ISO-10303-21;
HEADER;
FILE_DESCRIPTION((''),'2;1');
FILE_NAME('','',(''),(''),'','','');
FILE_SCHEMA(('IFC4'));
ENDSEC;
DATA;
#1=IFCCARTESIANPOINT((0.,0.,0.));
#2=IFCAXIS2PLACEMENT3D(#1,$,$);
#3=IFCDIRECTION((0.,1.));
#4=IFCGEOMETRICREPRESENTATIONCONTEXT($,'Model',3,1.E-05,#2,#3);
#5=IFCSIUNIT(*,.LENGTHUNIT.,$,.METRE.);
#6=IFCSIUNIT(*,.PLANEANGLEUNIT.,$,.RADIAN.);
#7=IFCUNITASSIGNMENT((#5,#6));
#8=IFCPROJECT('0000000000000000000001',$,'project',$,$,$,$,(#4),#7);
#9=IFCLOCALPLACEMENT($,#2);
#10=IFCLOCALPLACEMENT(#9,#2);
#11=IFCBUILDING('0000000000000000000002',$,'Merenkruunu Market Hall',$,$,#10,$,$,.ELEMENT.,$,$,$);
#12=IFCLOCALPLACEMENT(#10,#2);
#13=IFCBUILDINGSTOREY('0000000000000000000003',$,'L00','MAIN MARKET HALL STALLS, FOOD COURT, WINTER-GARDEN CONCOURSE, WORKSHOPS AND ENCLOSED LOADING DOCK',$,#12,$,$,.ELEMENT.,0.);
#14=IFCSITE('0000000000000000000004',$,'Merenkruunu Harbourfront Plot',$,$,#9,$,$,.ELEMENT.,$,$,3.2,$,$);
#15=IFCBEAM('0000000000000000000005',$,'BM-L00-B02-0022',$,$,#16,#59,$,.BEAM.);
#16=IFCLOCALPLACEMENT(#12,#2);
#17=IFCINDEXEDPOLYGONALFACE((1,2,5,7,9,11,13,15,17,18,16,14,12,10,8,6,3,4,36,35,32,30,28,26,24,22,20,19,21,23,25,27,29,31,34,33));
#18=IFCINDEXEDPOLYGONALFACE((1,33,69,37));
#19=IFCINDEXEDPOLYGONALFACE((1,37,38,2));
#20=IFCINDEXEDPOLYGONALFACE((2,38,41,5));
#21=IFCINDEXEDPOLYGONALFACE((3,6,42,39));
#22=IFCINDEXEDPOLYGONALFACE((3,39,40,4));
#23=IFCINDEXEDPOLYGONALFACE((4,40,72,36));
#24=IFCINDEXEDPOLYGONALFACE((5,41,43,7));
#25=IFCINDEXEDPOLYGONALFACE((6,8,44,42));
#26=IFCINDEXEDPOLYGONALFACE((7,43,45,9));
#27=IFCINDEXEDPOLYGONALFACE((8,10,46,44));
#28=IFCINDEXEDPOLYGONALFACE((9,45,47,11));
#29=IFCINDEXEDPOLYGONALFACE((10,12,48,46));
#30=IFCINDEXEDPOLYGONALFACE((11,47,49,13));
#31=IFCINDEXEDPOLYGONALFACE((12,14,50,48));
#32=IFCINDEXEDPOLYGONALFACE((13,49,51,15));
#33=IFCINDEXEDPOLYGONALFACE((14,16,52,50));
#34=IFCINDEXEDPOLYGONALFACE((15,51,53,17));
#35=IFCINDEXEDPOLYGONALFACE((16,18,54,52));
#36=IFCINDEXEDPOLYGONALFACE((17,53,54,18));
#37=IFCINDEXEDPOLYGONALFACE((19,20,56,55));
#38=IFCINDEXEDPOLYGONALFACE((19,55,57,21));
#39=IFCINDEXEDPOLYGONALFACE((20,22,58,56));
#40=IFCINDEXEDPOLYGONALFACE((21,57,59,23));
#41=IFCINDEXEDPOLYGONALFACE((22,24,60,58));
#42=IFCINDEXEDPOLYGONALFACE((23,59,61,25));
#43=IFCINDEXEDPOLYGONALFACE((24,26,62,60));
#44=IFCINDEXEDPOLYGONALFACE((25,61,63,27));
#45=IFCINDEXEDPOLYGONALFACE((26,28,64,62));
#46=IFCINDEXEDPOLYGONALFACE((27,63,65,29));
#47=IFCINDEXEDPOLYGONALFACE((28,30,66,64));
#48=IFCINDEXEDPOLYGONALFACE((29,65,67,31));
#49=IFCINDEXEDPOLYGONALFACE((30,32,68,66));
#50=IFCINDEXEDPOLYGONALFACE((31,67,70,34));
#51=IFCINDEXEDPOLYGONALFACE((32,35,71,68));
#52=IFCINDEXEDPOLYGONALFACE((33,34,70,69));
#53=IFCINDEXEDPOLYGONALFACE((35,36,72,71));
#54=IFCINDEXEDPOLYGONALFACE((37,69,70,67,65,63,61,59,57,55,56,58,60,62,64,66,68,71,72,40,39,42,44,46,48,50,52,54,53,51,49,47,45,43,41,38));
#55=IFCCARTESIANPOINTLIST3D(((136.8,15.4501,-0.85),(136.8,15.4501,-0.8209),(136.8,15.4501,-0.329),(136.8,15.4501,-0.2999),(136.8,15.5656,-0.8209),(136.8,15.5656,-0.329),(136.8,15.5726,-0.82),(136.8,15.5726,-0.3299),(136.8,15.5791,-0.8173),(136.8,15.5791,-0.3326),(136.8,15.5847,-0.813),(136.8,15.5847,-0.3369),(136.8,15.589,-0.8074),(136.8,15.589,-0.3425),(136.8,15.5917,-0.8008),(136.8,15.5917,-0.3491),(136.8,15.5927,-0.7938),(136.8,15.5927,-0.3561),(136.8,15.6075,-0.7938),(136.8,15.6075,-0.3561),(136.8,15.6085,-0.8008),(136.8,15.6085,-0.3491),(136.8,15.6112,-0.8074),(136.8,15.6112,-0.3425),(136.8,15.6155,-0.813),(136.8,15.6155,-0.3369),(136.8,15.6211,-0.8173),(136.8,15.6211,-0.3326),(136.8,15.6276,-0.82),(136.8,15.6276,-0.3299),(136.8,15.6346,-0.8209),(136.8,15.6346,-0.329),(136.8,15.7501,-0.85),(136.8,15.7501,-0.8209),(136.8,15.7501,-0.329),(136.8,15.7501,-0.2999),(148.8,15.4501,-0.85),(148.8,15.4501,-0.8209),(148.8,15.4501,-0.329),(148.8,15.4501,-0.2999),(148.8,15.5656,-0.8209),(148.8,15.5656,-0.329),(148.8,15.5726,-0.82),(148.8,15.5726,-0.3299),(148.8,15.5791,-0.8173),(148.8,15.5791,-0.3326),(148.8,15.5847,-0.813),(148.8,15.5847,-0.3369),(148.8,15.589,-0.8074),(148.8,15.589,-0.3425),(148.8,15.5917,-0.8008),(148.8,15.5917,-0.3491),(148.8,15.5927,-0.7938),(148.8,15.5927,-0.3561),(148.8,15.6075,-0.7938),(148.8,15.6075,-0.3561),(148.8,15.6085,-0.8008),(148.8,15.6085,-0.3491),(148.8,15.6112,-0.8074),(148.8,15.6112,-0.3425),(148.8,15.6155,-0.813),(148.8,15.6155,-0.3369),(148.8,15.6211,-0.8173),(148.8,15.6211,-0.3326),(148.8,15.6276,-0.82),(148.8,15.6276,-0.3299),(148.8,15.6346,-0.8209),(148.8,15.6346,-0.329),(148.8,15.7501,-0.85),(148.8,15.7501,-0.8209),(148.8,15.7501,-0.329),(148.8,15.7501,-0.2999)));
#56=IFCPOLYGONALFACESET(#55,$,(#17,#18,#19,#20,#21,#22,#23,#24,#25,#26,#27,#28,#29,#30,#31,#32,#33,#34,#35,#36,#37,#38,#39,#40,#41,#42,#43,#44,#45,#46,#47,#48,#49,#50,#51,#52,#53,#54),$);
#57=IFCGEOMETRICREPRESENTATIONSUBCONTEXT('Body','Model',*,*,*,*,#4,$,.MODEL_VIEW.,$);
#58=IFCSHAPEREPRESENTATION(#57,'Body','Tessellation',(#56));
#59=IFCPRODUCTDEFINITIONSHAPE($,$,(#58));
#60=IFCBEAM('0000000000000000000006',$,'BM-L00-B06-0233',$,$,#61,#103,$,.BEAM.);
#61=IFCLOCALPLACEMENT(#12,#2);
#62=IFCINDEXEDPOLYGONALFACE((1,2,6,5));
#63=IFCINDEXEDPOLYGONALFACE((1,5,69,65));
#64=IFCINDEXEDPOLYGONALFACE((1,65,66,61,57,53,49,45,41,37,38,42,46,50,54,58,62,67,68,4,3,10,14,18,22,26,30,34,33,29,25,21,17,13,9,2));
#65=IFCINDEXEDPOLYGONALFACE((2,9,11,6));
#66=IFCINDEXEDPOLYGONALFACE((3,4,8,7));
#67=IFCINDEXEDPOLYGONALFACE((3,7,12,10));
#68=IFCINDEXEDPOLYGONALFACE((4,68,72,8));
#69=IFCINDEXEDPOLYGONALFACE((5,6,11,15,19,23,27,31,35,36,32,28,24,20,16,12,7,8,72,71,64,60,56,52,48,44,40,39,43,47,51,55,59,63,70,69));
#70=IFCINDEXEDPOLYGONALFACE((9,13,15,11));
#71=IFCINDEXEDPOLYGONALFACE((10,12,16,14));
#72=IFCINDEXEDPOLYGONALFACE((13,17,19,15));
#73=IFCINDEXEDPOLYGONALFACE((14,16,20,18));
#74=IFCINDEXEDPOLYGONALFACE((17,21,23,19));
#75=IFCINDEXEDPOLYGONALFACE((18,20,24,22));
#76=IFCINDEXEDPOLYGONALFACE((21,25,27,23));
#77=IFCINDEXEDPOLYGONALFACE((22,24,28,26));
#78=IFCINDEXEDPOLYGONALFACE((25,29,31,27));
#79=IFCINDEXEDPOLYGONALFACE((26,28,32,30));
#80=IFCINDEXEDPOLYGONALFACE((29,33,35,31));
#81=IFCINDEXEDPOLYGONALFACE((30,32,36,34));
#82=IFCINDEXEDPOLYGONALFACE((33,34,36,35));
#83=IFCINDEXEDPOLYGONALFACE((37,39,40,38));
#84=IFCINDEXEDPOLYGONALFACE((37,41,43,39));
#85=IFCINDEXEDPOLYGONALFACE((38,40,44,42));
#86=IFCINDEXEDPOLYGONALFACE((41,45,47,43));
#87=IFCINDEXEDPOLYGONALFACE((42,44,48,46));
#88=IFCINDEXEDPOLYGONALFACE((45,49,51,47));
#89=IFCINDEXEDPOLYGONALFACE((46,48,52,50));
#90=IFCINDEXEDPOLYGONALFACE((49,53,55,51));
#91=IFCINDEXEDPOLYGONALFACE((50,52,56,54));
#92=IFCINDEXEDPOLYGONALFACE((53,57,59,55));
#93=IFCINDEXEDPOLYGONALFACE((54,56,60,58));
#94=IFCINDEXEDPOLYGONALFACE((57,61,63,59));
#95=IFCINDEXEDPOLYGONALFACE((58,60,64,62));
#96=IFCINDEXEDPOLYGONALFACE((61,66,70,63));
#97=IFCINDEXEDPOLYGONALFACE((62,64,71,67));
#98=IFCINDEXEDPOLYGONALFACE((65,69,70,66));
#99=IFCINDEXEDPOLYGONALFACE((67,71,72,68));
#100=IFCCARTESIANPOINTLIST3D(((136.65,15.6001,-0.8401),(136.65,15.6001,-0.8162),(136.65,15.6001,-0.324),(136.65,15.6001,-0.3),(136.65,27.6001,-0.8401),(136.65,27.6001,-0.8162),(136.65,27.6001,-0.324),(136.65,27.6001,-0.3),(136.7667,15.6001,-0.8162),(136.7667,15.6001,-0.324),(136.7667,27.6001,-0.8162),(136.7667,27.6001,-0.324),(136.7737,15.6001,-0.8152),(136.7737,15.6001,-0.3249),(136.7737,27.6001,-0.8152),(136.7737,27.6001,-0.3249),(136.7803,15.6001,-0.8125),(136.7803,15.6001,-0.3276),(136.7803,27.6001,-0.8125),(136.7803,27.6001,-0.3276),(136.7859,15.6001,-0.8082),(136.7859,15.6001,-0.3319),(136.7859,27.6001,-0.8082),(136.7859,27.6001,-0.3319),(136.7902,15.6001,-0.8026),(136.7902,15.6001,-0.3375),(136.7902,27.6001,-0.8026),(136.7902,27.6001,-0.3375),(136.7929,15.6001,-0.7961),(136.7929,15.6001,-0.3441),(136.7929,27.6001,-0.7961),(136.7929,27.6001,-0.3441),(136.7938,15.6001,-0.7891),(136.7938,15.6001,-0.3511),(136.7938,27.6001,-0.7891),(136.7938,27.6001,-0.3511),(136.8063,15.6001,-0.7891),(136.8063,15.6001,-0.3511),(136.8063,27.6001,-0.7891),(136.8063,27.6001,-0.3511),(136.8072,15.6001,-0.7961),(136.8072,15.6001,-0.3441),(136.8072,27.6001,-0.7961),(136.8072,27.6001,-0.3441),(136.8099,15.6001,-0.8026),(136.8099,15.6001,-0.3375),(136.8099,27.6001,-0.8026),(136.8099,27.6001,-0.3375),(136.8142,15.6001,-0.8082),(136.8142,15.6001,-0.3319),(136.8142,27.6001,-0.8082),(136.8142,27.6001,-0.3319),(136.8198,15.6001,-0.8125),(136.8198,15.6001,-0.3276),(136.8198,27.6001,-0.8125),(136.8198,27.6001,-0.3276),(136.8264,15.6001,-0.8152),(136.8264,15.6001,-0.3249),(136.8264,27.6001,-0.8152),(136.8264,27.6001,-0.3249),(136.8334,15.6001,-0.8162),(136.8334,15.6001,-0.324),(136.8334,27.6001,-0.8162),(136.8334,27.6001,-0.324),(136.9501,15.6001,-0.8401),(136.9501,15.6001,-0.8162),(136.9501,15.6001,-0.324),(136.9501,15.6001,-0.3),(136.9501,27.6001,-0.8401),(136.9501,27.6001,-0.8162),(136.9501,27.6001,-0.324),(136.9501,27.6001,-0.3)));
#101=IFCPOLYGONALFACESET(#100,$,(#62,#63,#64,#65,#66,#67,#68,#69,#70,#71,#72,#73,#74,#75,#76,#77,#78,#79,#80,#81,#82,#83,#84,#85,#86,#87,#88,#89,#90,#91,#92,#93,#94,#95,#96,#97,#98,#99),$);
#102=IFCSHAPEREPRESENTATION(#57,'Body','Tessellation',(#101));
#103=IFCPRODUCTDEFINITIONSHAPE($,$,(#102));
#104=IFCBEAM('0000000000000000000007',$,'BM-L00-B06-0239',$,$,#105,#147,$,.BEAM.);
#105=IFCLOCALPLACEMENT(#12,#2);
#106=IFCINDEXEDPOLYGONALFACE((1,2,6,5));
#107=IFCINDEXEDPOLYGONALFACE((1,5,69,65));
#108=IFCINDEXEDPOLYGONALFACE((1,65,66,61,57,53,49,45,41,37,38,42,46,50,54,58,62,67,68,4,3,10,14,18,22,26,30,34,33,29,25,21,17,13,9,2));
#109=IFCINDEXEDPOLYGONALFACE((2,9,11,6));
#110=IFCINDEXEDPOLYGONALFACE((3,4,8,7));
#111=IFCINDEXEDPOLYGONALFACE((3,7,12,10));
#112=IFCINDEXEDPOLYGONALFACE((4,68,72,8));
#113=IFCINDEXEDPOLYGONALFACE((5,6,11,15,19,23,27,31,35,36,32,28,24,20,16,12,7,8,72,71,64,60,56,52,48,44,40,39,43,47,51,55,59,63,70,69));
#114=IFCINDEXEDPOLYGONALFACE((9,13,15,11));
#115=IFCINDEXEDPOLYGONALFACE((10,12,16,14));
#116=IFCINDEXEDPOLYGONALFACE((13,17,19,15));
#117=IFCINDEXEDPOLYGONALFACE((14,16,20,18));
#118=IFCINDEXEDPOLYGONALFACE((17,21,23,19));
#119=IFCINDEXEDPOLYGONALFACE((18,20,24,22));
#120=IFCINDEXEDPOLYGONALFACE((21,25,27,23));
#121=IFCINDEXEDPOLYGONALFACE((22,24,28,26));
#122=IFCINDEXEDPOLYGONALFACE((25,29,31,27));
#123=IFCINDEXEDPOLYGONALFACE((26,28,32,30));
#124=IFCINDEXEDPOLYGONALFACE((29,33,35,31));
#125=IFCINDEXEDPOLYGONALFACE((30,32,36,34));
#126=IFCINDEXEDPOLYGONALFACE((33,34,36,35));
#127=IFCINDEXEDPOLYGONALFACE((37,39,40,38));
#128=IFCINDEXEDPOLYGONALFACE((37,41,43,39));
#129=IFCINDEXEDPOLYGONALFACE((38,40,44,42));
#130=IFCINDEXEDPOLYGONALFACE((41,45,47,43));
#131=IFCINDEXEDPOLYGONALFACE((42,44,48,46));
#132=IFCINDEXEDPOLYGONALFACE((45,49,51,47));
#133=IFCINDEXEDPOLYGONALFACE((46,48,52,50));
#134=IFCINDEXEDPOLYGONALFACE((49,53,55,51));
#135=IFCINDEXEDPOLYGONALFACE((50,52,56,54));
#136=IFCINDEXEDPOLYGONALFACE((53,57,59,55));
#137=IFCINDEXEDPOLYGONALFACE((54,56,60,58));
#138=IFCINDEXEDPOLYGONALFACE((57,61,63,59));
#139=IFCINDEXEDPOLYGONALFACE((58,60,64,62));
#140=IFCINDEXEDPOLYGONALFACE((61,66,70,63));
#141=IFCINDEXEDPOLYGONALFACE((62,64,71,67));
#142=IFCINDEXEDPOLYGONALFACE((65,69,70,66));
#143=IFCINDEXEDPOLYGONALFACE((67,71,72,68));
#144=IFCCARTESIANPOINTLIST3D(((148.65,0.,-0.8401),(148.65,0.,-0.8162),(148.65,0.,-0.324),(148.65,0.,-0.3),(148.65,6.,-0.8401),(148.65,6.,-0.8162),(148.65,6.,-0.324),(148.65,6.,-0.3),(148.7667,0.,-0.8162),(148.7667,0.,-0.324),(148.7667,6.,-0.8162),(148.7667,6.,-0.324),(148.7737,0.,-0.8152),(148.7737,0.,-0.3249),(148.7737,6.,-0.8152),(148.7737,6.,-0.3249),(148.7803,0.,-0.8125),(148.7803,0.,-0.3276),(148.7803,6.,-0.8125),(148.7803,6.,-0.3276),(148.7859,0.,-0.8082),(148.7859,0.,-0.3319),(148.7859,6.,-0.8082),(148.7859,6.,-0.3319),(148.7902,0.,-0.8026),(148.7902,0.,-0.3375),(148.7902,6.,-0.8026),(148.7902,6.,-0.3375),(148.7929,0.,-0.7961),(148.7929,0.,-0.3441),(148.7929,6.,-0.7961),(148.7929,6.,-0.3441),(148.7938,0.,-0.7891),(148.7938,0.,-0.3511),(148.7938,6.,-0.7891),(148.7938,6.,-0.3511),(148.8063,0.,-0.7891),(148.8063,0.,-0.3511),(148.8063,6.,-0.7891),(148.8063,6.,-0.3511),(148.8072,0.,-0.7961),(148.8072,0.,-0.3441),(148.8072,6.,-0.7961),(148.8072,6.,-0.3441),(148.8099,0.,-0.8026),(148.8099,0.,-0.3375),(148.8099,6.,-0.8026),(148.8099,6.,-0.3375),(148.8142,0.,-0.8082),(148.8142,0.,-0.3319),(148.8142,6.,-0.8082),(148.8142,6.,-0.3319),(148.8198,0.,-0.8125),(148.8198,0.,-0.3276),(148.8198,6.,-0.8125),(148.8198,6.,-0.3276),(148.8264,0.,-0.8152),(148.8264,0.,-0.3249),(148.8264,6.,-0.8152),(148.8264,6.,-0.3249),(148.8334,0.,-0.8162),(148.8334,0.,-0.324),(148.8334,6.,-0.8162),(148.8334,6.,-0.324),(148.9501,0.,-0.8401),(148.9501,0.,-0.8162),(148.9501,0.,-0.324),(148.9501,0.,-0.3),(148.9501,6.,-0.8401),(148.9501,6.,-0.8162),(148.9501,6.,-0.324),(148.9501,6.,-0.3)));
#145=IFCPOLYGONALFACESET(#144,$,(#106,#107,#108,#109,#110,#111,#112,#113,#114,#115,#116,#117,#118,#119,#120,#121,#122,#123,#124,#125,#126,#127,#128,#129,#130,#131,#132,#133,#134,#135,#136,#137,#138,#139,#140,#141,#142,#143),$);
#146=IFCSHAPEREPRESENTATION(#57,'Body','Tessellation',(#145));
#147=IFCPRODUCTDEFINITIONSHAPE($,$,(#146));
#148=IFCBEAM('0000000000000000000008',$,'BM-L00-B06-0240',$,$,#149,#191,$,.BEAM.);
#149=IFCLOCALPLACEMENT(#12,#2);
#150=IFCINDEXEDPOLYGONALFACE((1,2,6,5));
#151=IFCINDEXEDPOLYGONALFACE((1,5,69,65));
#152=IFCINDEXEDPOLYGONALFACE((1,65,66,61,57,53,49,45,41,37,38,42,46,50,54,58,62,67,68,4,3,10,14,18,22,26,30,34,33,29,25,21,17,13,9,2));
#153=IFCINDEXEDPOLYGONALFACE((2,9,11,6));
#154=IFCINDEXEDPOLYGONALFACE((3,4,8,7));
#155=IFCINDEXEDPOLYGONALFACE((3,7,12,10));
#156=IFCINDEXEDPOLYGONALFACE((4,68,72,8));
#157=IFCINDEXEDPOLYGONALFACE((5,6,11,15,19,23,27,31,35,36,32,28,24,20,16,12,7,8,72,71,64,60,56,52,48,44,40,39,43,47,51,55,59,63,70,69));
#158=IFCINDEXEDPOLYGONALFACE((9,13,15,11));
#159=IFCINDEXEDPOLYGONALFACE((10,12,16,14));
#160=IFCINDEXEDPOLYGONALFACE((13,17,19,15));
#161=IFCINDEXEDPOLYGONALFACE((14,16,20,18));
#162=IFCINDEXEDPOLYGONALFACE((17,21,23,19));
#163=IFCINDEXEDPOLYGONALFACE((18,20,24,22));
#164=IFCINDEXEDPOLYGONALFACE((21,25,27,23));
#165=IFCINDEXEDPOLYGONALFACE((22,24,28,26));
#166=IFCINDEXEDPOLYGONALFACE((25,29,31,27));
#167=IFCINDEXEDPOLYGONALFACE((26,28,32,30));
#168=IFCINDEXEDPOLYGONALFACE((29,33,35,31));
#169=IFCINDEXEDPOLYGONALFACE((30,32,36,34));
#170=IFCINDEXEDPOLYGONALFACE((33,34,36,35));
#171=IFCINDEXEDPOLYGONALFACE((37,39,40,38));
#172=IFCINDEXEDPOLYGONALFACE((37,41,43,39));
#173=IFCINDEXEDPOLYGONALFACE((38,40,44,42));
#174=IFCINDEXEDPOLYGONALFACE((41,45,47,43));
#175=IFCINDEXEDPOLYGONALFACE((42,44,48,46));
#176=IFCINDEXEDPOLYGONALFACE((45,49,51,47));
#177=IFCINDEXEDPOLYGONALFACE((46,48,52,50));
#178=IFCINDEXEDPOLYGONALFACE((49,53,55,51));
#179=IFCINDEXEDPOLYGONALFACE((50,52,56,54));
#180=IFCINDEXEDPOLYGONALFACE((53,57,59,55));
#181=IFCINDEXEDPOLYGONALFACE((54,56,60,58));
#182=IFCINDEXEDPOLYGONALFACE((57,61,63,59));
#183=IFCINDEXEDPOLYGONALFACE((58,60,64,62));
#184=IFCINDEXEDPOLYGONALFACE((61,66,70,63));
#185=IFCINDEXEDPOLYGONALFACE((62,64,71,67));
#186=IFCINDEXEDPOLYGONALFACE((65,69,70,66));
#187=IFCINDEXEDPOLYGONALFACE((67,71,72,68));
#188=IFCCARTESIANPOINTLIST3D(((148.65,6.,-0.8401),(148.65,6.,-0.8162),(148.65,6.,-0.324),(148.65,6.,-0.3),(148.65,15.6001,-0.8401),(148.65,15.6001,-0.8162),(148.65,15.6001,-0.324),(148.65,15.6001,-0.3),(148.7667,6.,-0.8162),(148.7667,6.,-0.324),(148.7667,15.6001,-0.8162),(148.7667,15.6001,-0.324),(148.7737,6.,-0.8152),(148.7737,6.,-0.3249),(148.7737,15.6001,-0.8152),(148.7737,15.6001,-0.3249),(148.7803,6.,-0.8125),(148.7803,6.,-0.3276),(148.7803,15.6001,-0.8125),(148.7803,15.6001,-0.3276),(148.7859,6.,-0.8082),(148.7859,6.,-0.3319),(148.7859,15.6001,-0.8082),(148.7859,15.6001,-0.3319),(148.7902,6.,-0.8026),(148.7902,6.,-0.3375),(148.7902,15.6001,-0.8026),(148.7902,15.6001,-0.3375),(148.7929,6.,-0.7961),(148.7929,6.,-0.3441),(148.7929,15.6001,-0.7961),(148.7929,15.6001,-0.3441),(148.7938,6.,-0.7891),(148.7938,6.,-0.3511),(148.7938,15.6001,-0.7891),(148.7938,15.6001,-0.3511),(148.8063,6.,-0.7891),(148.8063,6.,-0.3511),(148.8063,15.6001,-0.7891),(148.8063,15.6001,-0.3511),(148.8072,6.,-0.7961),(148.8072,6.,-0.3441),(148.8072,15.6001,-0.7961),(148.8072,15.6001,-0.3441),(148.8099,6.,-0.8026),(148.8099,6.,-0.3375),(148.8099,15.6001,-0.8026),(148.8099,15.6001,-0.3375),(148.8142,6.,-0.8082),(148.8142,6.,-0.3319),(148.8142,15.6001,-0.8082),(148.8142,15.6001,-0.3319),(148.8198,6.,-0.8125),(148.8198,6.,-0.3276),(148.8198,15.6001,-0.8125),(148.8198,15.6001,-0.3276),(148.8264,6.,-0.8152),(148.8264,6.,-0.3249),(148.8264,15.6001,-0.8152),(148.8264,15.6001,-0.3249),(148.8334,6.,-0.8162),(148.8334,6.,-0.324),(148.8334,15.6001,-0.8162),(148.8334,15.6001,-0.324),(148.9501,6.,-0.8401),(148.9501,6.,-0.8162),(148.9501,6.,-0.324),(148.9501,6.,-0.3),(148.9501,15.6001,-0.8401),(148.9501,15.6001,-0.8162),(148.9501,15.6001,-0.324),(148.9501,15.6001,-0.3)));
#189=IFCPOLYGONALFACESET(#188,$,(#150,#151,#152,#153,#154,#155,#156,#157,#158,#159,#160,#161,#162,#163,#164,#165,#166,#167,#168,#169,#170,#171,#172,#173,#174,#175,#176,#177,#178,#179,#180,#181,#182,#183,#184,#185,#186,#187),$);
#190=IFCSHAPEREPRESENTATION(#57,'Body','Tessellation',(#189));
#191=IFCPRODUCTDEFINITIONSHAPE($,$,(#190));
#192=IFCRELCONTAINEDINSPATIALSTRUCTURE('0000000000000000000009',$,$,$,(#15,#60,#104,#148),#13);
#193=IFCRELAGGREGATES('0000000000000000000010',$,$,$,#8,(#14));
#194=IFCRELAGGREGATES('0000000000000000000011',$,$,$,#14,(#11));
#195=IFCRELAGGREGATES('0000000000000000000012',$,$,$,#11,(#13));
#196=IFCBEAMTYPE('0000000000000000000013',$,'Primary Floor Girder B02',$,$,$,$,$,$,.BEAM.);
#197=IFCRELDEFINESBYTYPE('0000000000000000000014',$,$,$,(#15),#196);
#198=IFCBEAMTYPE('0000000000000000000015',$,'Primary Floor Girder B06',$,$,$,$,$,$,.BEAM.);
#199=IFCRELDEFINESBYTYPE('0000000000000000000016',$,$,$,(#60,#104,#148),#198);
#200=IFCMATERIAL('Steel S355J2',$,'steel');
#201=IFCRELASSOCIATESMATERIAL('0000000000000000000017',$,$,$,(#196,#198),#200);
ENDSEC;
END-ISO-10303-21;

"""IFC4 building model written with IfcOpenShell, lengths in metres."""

from ifc_helpers import new_model, si_unit, direction, frame, origin, origin_2d, place, context, subcontext, project, spatial, i_section, extrude, material, material_profile, profile_set, type_object, element, save


model = new_model("IFC4")

# Units and contexts
model_context = context("Model", 3, precision=1e-05, world=origin(), true_north=direction((0.0, 1.0)))
body_context = subcontext(model_context, "Body", "Model", "MODEL_VIEW")
ifc_project = project(units=[si_unit("LENGTHUNIT", "METRE"), si_unit("PLANEANGLEUNIT", "RADIAN")], contexts=[model_context])

# Site, building, storey
site_placement = place(None, origin())
site = spatial("IfcSite", under=ifc_project, at=site_placement, Name="Merenkruunu Harbourfront Plot", CompositionType="ELEMENT", RefElevation=3.2)
building_placement = place(site_placement, origin())
building = spatial("IfcBuilding", under=site, at=building_placement, Name="Merenkruunu Market Hall", CompositionType="ELEMENT")
storey_placement = place(building_placement, origin())
storey = spatial("IfcBuildingStorey", under=building, at=storey_placement, Name="L00", Description="MAIN MARKET HALL STALLS, FOOD COURT, WINTER-GARDEN CONCOURSE, WORKSHOPS AND ENCLOSED LOADING DOCK", CompositionType="ELEMENT", Elevation=0.0)

# Shared definitions
ifc_material_1 = material(Name="Steel S355J2", Category="steel")

# Beams
ifc_material_profile_1 = material_profile(ifc_material_1, i_section(OverallWidth=0.3, OverallDepth=0.55, WebThickness=0.0149, FlangeThickness=0.0291, FilletRadius=0.0271, at=origin_2d()), Name="HEB 550")
ifc_profile_set_1 = profile_set([ifc_material_profile_1], Name="Steel S355J2")
beam_type_1 = type_object("IfcBeamType", Name="Primary Floor Girder B02", PredefinedType="BEAM", material=ifc_profile_set_1)
beam_1_placement = place(storey_placement, frame((136.8, 15.6001, -0.575), z_axis=(1.0, 0.0, 0.0), x_axis=(0.0, 1.0, 0.0)))
element("IfcBeam", 1, at=beam_1_placement, inside=storey, type_object=beam_type_1, Name="BM-L00-B02-0022", PredefinedType="BEAM", context=body_context, shape_type="SweptSolid", body=[
    extrude(i_section(OverallWidth=0.3, OverallDepth=0.55, WebThickness=0.0149, FlangeThickness=0.0291, FilletRadius=0.0271, at=origin_2d()), origin(), (0.0, 0.0, 1.0), 12.0),
])
ifc_material_profile_2 = material_profile(ifc_material_1, i_section(OverallWidth=0.3, OverallDepth=0.54, WebThickness=0.0125, FlangeThickness=0.0239, FilletRadius=0.0271, at=origin_2d()), Name="HEA 550")
ifc_profile_set_2 = profile_set([ifc_material_profile_2], Name="Steel S355J2")
beam_type_2 = type_object("IfcBeamType", Name="Primary Floor Girder B06", PredefinedType="BEAM", material=ifc_profile_set_2)
beam_2_placement = place(storey_placement, frame((136.8, 15.6001, -0.5701), z_axis=(0.0, 1.0, 0.0), x_axis=(-1.0, 0.0, 0.0)))
element("IfcBeam", 2, at=beam_2_placement, inside=storey, type_object=beam_type_2, Name="BM-L00-B06-0233", PredefinedType="BEAM", context=body_context, shape_type="SweptSolid", body=[
    extrude(i_section(OverallWidth=0.3, OverallDepth=0.54, WebThickness=0.0125, FlangeThickness=0.0239, FilletRadius=0.0271, at=origin_2d()), origin(), (0.0, 0.0, 1.0), 12.0),
])
beam_3_placement = place(storey_placement, frame((148.8, 0.0, -0.5701), z_axis=(0.0, 1.0, 0.0), x_axis=(-1.0, 0.0, 0.0)))
element("IfcBeam", 3, at=beam_3_placement, inside=storey, type_object=beam_type_2, Name="BM-L00-B06-0239", PredefinedType="BEAM", context=body_context, shape_type="SweptSolid", body=[
    extrude(i_section(OverallWidth=0.3, OverallDepth=0.54, WebThickness=0.0125, FlangeThickness=0.0239, FilletRadius=0.0271, at=origin_2d()), origin(), (0.0, 0.0, 1.0), 6.0),
])
beam_4_placement = place(storey_placement, frame((148.8, 6.0, -0.5701), z_axis=(0.0, 1.0, 0.0), x_axis=(-1.0, 0.0, 0.0)))
element("IfcBeam", 4, at=beam_4_placement, inside=storey, type_object=beam_type_2, Name="BM-L00-B06-0240", PredefinedType="BEAM", context=body_context, shape_type="SweptSolid", body=[
    extrude(i_section(OverallWidth=0.3, OverallDepth=0.54, WebThickness=0.0125, FlangeThickness=0.0239, FilletRadius=0.0271, at=origin_2d()), origin(), (0.0, 0.0, 1.0), 9.6001),
])

save(model, "model.ifc")
